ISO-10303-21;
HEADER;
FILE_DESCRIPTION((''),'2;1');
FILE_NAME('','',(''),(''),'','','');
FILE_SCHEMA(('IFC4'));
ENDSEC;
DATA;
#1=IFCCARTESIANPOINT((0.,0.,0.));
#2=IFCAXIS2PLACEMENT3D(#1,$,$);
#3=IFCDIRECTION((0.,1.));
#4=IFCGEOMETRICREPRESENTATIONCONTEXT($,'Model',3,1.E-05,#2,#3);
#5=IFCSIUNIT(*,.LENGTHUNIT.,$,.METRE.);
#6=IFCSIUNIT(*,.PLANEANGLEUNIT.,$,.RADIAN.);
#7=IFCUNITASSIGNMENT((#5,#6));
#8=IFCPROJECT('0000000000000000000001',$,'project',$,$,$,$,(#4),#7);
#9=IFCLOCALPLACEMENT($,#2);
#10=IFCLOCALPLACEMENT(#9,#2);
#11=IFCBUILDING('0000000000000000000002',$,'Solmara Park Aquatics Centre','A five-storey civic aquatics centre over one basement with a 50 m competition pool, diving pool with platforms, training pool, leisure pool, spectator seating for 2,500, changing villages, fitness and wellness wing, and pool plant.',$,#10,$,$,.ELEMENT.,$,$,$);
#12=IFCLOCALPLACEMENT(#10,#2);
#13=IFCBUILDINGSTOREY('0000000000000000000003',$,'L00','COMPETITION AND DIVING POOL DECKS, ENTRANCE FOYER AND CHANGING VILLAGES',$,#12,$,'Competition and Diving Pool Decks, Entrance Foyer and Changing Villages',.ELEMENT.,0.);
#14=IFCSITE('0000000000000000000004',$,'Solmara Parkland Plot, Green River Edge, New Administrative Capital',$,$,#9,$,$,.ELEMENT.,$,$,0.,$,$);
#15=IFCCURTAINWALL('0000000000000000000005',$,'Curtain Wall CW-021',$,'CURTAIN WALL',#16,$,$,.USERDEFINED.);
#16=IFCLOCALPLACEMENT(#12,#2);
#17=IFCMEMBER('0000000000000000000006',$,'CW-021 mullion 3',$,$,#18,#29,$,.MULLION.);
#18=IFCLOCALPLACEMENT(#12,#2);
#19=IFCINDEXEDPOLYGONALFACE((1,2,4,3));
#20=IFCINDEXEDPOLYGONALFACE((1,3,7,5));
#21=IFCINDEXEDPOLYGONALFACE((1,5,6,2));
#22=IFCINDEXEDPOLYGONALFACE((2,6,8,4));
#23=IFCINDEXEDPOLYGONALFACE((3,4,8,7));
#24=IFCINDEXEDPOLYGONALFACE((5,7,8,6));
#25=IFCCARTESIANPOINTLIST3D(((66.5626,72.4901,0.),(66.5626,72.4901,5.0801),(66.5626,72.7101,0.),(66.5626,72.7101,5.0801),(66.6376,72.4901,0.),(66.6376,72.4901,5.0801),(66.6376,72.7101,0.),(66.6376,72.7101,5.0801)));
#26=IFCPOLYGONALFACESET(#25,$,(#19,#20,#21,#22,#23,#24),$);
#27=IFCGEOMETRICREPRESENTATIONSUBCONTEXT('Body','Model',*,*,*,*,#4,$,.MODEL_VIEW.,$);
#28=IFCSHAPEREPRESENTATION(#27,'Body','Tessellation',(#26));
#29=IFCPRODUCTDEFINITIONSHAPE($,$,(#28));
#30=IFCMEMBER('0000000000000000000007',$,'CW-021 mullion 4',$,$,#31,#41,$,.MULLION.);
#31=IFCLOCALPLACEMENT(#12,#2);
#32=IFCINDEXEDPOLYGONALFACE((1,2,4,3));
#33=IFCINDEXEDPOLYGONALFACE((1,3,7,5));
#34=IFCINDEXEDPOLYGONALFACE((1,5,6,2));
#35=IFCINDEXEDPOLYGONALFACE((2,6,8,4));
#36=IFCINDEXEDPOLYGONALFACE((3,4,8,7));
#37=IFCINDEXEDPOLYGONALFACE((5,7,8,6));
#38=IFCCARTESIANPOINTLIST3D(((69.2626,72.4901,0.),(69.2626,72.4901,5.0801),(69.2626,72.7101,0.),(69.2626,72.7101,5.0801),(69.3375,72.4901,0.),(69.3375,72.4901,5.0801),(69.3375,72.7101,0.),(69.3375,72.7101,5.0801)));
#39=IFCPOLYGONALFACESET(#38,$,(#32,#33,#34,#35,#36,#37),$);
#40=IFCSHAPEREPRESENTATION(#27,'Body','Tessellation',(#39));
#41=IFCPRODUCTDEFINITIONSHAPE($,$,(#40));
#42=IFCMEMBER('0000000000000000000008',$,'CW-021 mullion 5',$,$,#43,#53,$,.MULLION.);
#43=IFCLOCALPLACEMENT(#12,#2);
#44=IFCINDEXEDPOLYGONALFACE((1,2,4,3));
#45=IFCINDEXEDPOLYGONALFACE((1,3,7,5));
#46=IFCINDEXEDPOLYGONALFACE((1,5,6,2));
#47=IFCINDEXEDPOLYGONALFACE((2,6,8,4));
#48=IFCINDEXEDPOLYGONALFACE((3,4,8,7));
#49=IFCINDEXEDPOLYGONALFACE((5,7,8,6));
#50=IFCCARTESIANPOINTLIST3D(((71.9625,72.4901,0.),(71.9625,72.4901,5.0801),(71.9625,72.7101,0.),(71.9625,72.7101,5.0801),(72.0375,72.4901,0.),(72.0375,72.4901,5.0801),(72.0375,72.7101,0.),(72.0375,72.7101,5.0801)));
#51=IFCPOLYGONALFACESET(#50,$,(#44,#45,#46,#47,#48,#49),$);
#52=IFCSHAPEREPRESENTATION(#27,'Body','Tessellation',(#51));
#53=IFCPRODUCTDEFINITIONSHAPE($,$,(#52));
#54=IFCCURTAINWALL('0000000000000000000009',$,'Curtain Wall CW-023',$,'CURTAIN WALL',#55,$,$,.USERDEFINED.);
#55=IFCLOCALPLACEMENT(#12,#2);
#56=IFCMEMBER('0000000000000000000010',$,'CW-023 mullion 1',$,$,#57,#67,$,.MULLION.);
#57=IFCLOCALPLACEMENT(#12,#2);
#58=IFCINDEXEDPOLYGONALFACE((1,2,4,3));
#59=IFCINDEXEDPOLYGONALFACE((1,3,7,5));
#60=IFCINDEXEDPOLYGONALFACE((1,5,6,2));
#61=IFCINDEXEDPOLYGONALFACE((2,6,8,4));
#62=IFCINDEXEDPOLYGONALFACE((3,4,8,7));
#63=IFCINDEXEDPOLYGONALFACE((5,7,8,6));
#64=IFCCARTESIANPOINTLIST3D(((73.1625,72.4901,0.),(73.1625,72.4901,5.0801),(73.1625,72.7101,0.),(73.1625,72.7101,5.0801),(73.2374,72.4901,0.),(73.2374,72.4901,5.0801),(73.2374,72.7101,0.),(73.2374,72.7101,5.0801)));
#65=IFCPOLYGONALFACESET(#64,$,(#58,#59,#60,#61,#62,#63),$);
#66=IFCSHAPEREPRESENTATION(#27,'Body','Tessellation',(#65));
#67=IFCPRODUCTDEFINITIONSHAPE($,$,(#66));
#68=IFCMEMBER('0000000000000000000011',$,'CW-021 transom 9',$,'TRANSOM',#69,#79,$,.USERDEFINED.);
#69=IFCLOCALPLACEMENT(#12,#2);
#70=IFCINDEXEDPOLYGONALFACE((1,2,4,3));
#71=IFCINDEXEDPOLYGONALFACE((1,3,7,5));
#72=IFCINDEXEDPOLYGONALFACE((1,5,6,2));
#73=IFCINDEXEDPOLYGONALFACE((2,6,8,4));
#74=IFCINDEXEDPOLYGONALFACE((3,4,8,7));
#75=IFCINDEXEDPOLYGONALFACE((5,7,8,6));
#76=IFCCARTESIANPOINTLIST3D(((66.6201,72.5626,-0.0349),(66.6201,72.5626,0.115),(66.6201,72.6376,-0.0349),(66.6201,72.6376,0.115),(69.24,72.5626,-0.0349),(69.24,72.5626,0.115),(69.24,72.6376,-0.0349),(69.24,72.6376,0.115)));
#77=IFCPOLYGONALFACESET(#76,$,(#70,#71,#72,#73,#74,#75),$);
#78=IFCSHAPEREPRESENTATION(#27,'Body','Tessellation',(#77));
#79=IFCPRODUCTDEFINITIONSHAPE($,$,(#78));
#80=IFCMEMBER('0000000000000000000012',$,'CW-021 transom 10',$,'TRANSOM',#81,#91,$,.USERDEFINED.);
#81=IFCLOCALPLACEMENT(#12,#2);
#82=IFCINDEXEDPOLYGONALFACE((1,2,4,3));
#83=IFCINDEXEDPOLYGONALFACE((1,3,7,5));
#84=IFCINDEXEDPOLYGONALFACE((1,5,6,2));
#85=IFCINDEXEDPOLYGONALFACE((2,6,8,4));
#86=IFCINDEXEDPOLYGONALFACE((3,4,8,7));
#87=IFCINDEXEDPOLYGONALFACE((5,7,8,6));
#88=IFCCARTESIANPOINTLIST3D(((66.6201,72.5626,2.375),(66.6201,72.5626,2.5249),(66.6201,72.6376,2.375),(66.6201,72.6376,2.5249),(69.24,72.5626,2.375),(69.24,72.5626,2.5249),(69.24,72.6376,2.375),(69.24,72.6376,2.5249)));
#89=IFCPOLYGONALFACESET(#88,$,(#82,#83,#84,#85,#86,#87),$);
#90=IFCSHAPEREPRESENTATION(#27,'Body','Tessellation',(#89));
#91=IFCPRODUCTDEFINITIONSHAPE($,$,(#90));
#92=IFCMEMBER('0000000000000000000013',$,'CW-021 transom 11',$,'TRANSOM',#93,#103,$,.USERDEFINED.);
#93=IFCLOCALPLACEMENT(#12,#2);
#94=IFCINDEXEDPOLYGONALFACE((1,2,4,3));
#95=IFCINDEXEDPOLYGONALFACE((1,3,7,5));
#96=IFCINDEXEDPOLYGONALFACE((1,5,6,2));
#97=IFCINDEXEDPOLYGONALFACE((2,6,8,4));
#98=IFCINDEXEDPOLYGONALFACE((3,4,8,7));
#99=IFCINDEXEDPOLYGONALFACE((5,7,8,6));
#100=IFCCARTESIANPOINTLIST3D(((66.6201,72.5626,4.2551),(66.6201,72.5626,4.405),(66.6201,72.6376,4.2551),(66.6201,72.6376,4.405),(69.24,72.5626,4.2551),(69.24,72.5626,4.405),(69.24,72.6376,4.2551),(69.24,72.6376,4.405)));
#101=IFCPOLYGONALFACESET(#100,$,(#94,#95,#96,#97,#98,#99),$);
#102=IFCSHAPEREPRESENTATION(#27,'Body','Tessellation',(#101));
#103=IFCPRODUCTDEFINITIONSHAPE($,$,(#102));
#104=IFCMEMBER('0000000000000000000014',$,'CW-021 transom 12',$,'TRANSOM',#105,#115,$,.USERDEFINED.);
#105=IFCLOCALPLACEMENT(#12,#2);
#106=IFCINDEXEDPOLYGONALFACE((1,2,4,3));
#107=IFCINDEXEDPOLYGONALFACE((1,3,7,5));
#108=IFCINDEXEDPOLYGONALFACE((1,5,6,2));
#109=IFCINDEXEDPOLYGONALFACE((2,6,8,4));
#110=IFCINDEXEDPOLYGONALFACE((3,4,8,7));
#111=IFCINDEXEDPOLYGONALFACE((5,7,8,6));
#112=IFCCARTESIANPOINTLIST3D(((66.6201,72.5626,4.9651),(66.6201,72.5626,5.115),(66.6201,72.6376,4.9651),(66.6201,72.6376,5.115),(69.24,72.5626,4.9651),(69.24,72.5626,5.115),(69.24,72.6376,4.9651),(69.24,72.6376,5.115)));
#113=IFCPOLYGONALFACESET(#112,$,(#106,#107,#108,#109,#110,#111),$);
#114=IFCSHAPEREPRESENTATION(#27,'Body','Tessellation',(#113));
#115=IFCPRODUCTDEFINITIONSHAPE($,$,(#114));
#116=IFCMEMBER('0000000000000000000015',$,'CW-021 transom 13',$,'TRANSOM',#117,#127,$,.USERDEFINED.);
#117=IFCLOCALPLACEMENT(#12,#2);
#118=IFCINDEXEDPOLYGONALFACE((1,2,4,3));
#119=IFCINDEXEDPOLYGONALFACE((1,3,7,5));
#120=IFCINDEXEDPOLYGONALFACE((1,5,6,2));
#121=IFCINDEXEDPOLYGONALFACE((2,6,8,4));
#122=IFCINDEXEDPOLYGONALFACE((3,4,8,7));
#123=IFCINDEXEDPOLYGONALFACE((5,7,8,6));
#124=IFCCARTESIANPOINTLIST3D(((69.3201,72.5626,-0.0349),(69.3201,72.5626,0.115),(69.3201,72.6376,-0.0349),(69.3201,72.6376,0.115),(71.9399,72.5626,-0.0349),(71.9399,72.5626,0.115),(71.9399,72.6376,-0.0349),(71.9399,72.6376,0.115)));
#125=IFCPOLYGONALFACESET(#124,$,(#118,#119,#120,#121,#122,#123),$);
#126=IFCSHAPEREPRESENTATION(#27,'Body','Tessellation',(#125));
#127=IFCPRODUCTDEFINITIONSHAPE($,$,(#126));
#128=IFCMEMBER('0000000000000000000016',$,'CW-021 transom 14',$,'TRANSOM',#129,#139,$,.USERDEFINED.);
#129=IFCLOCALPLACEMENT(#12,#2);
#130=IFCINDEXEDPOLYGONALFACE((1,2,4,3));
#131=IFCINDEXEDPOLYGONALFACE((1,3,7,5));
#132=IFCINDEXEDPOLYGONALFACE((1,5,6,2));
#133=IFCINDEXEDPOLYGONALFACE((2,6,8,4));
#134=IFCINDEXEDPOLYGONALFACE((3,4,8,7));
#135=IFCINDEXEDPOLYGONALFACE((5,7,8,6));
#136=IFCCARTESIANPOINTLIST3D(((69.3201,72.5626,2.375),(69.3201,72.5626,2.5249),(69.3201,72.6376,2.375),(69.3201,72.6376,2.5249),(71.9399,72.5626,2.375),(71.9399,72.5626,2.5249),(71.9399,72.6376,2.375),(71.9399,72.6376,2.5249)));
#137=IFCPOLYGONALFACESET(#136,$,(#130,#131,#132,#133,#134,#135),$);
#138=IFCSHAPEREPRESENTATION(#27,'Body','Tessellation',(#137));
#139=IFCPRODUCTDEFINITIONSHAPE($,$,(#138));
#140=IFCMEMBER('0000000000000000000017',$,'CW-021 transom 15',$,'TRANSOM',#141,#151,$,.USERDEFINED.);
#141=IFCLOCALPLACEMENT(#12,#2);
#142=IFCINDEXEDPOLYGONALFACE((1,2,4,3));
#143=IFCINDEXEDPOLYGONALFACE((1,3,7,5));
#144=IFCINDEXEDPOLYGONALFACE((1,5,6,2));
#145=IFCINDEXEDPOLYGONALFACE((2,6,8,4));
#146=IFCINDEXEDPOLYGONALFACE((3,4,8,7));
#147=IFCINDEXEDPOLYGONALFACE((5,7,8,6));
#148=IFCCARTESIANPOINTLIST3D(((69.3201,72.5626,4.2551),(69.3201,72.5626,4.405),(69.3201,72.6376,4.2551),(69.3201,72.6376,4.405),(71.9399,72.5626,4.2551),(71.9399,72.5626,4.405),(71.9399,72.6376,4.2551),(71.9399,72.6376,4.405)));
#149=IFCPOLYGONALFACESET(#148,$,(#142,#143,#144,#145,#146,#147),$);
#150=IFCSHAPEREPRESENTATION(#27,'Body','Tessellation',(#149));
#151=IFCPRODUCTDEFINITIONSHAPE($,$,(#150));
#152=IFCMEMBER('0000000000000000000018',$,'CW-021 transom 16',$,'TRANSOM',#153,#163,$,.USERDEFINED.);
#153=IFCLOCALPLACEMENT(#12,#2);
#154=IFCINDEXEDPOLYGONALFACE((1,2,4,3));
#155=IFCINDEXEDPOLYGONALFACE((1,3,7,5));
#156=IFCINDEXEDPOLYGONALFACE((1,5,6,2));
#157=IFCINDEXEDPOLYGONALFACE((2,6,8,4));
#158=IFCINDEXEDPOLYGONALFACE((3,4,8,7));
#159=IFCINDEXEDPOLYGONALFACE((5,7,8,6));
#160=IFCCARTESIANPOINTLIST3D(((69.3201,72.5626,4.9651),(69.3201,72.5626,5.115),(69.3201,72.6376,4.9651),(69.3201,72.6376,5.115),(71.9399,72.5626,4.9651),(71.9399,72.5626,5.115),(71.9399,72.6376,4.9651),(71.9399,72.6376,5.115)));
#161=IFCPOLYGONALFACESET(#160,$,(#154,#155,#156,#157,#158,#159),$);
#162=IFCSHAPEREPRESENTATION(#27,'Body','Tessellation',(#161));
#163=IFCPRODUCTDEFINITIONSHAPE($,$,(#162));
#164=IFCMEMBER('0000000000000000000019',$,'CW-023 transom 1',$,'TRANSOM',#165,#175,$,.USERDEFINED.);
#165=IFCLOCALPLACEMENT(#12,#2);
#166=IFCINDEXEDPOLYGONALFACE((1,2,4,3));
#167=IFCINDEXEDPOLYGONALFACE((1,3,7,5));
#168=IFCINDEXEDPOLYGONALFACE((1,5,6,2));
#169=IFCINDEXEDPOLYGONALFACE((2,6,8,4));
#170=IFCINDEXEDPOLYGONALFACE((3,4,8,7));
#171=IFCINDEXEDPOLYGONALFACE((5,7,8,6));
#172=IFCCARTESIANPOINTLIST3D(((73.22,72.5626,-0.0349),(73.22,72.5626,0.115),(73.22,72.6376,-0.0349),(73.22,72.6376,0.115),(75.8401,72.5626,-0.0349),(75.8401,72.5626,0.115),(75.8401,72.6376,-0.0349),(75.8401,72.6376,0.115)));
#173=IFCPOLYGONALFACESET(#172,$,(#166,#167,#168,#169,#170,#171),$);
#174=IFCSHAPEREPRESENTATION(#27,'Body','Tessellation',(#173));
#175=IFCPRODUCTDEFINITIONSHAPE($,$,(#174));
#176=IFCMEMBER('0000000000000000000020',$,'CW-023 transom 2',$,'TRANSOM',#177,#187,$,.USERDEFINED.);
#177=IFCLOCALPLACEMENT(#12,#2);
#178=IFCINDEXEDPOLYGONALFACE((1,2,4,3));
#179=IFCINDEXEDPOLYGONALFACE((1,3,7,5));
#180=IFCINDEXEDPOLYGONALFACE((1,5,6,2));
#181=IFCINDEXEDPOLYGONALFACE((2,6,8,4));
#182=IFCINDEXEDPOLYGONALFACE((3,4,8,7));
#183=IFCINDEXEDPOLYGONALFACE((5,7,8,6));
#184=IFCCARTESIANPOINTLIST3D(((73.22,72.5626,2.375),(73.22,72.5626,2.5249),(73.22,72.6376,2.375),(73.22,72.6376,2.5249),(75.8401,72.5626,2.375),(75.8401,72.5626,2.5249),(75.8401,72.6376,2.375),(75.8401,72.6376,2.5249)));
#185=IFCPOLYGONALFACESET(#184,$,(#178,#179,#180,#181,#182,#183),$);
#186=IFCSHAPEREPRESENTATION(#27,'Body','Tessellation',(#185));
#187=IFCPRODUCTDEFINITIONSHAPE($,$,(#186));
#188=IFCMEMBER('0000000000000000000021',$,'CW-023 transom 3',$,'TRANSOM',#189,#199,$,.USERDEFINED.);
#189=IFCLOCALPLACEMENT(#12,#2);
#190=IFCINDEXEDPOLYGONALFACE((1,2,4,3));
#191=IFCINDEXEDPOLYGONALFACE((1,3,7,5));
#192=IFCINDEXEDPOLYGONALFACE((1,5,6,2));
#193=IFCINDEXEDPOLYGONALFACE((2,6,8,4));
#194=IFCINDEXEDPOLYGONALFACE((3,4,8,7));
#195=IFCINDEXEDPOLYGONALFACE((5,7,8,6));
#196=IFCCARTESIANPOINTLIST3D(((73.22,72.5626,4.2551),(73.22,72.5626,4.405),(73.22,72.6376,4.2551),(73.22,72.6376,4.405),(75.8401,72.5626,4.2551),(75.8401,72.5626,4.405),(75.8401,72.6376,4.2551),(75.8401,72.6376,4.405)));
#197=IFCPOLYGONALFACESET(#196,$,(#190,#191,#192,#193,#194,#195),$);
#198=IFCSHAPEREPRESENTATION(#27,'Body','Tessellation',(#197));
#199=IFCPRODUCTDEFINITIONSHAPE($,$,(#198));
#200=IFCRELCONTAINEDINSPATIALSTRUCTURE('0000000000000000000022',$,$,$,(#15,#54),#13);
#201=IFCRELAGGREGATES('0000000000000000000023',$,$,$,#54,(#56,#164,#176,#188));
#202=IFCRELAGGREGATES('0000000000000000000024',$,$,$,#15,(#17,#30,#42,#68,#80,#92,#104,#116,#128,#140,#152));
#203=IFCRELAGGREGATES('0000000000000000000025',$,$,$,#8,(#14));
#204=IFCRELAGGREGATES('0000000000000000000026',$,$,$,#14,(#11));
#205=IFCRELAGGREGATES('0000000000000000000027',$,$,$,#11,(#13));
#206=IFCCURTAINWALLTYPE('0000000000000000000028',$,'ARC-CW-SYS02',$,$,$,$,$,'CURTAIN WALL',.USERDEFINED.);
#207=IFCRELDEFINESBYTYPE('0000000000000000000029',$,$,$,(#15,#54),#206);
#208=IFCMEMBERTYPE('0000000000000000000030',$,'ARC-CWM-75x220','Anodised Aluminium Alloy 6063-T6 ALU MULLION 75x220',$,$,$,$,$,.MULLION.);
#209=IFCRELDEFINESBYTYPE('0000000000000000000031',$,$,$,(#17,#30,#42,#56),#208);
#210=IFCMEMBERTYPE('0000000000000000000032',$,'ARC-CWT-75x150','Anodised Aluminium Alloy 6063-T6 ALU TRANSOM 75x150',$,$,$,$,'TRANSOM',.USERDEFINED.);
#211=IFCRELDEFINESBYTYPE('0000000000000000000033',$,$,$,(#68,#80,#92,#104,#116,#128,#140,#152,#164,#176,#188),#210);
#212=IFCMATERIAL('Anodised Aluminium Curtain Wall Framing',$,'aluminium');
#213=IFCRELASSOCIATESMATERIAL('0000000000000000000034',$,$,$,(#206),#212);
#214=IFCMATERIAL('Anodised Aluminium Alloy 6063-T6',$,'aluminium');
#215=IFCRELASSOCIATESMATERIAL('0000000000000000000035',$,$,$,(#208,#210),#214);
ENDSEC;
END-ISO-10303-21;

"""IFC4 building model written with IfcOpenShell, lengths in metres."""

from ifc_helpers import new_model, si_unit, direction, frame, origin, origin_2d, place, context, subcontext, project, spatial, rectangle, extrude, material, material_profile, profile_set, type_object, element, aggregate, save


model = new_model("IFC4")

# Units and contexts
model_context = context("Model", 3, precision=1e-05, world=origin(), true_north=direction((0.0, 1.0)))
body_context = subcontext(model_context, "Body", "Model", "MODEL_VIEW")
ifc_project = project(units=[si_unit("LENGTHUNIT", "METRE"), si_unit("PLANEANGLEUNIT", "RADIAN")], contexts=[model_context])

# Site, building, storey
site_placement = place(None, origin())
site = spatial("IfcSite", under=ifc_project, at=site_placement, Name="Solmara Parkland Plot, Green River Edge, New Administrative Capital", CompositionType="ELEMENT", RefElevation=0.0)
building_placement = place(site_placement, origin())
building = spatial("IfcBuilding", under=site, at=building_placement, Name="Solmara Park Aquatics Centre", Description="A five-storey civic aquatics centre over one basement with a 50 m competition pool, diving pool with platforms, training pool, leisure pool, spectator seating for 2,500, changing villages, fitness and wellness wing, and pool plant.", CompositionType="ELEMENT")
storey_placement = place(building_placement, origin())
storey = spatial("IfcBuildingStorey", under=building, at=storey_placement, Name="L00", Description="COMPETITION AND DIVING POOL DECKS, ENTRANCE FOYER AND CHANGING VILLAGES", LongName="Competition and Diving Pool Decks, Entrance Foyer and Changing Villages", CompositionType="ELEMENT", Elevation=0.0)

# Curtain wall, members
ifc_material_1 = material(Name="Anodised Aluminium Curtain Wall Framing", Category="aluminium")
curtain_wall_type = type_object("IfcCurtainWallType", Name="ARC-CW-SYS02", ElementType="CURTAIN WALL", PredefinedType="USERDEFINED", material=ifc_material_1)
curtain_wall_1_placement = place(storey_placement, origin())
curtain_wall_1 = element("IfcCurtainWall", 1, at=curtain_wall_1_placement, inside=storey, type_object=curtain_wall_type, Name="Curtain Wall CW-021", ObjectType="CURTAIN WALL", PredefinedType="USERDEFINED")
ifc_material_2 = material(Name="Anodised Aluminium Alloy 6063-T6", Category="aluminium")
ifc_material_profile_1 = material_profile(ifc_material_2, rectangle(XDim=0.075, YDim=0.22, at=origin_2d()), Name="ALU MULLION 75x220")
ifc_profile_set_1 = profile_set([ifc_material_profile_1], Name="Anodised Aluminium Alloy 6063-T6")
member_type_1 = type_object("IfcMemberType", Name="ARC-CWM-75x220", Description="Anodised Aluminium Alloy 6063-T6 ALU MULLION 75x220", PredefinedType="MULLION", material=ifc_profile_set_1)
member_1_placement = place(storey_placement, frame((66.6001, 72.6001, 0.0), z_axis=(0.0, 0.0, 1.0), x_axis=(1.0, 0.0, 0.0)))
member_1 = element("IfcMember", 2, at=member_1_placement, type_object=member_type_1, Name="CW-021 mullion 3", PredefinedType="MULLION", context=body_context, shape_type="SweptSolid", body=[
    extrude(rectangle(XDim=0.075, YDim=0.22, at=origin_2d()), origin(), (0.0, 0.0, 1.0), 5.0801),
])
member_2_placement = place(storey_placement, frame((69.3, 72.6001, 0.0), z_axis=(0.0, 0.0, 1.0), x_axis=(1.0, 0.0, 0.0)))
member_2 = element("IfcMember", 3, at=member_2_placement, type_object=member_type_1, Name="CW-021 mullion 4", PredefinedType="MULLION", context=body_context, shape_type="SweptSolid", body=[
    extrude(rectangle(XDim=0.075, YDim=0.22, at=origin_2d()), origin(), (0.0, 0.0, 1.0), 5.0801),
])
member_3_placement = place(storey_placement, frame((72.0, 72.6001, 0.0), z_axis=(0.0, 0.0, 1.0), x_axis=(1.0, 0.0, 0.0)))
member_3 = element("IfcMember", 4, at=member_3_placement, type_object=member_type_1, Name="CW-021 mullion 5", PredefinedType="MULLION", context=body_context, shape_type="SweptSolid", body=[
    extrude(rectangle(XDim=0.075, YDim=0.22, at=origin_2d()), origin(), (0.0, 0.0, 1.0), 5.0801),
])

# Curtain wall, member
curtain_wall_2_placement = place(storey_placement, origin())
curtain_wall_2 = element("IfcCurtainWall", 5, at=curtain_wall_2_placement, inside=storey, type_object=curtain_wall_type, Name="Curtain Wall CW-023", ObjectType="CURTAIN WALL", PredefinedType="USERDEFINED")
member_4_placement = place(storey_placement, frame((73.2, 72.6001, 0.0), z_axis=(0.0, 0.0, 1.0), x_axis=(1.0, 0.0, 0.0)))
member_4 = element("IfcMember", 6, at=member_4_placement, type_object=member_type_1, Name="CW-023 mullion 1", PredefinedType="MULLION", context=body_context, shape_type="SweptSolid", body=[
    extrude(rectangle(XDim=0.075, YDim=0.22, at=origin_2d()), origin(), (0.0, 0.0, 1.0), 5.0801),
])

# Members
ifc_material_profile_2 = material_profile(ifc_material_2, rectangle(XDim=0.075, YDim=0.1499, at=origin_2d()), Name="ALU TRANSOM 75x150")
ifc_profile_set_2 = profile_set([ifc_material_profile_2], Name="Anodised Aluminium Alloy 6063-T6")
member_type_2 = type_object("IfcMemberType", Name="ARC-CWT-75x150", Description="Anodised Aluminium Alloy 6063-T6 ALU TRANSOM 75x150", ElementType="TRANSOM", PredefinedType="USERDEFINED", material=ifc_profile_set_2)
member_5_placement = place(storey_placement, frame((66.6201, 72.6001, 0.04), z_axis=(1.0, 0.0, 0.0), x_axis=(0.0, 1.0, 0.0)))
member_5 = element("IfcMember", 7, at=member_5_placement, type_object=member_type_2, Name="CW-021 transom 9", ObjectType="TRANSOM", PredefinedType="USERDEFINED", context=body_context, shape_type="SweptSolid", body=[
    extrude(rectangle(XDim=0.075, YDim=0.1499, at=origin_2d()), origin(), (0.0, 0.0, 1.0), 2.6199),
])
member_6_placement = place(storey_placement, frame((66.6201, 72.6001, 2.45), z_axis=(1.0, 0.0, 0.0), x_axis=(0.0, 1.0, 0.0)))
member_6 = element("IfcMember", 8, at=member_6_placement, type_object=member_type_2, Name="CW-021 transom 10", ObjectType="TRANSOM", PredefinedType="USERDEFINED", context=body_context, shape_type="SweptSolid", body=[
    extrude(rectangle(XDim=0.075, YDim=0.1499, at=origin_2d()), origin(), (0.0, 0.0, 1.0), 2.6199),
])
member_7_placement = place(storey_placement, frame((66.6201, 72.6001, 4.3301), z_axis=(1.0, 0.0, 0.0), x_axis=(0.0, 1.0, 0.0)))
member_7 = element("IfcMember", 9, at=member_7_placement, type_object=member_type_2, Name="CW-021 transom 11", ObjectType="TRANSOM", PredefinedType="USERDEFINED", context=body_context, shape_type="SweptSolid", body=[
    extrude(rectangle(XDim=0.075, YDim=0.1499, at=origin_2d()), origin(), (0.0, 0.0, 1.0), 2.6199),
])
member_8_placement = place(storey_placement, frame((66.6201, 72.6001, 5.04), z_axis=(1.0, 0.0, 0.0), x_axis=(0.0, 1.0, 0.0)))
member_8 = element("IfcMember", 10, at=member_8_placement, type_object=member_type_2, Name="CW-021 transom 12", ObjectType="TRANSOM", PredefinedType="USERDEFINED", context=body_context, shape_type="SweptSolid", body=[
    extrude(rectangle(XDim=0.075, YDim=0.1499, at=origin_2d()), origin(), (0.0, 0.0, 1.0), 2.6199),
])
member_9_placement = place(storey_placement, frame((69.3201, 72.6001, 0.04), z_axis=(1.0, 0.0, 0.0), x_axis=(0.0, 1.0, 0.0)))
member_9 = element("IfcMember", 11, at=member_9_placement, type_object=member_type_2, Name="CW-021 transom 13", ObjectType="TRANSOM", PredefinedType="USERDEFINED", context=body_context, shape_type="SweptSolid", body=[
    extrude(rectangle(XDim=0.075, YDim=0.1499, at=origin_2d()), origin(), (0.0, 0.0, 1.0), 2.6199),
])
member_10_placement = place(storey_placement, frame((69.3201, 72.6001, 2.45), z_axis=(1.0, 0.0, 0.0), x_axis=(0.0, 1.0, 0.0)))
member_10 = element("IfcMember", 12, at=member_10_placement, type_object=member_type_2, Name="CW-021 transom 14", ObjectType="TRANSOM", PredefinedType="USERDEFINED", context=body_context, shape_type="SweptSolid", body=[
    extrude(rectangle(XDim=0.075, YDim=0.1499, at=origin_2d()), origin(), (0.0, 0.0, 1.0), 2.6199),
])
member_11_placement = place(storey_placement, frame((69.3201, 72.6001, 4.3301), z_axis=(1.0, 0.0, 0.0), x_axis=(0.0, 1.0, 0.0)))
member_11 = element("IfcMember", 13, at=member_11_placement, type_object=member_type_2, Name="CW-021 transom 15", ObjectType="TRANSOM", PredefinedType="USERDEFINED", context=body_context, shape_type="SweptSolid", body=[
    extrude(rectangle(XDim=0.075, YDim=0.1499, at=origin_2d()), origin(), (0.0, 0.0, 1.0), 2.6199),
])
member_12_placement = place(storey_placement, frame((69.3201, 72.6001, 5.04), z_axis=(1.0, 0.0, 0.0), x_axis=(0.0, 1.0, 0.0)))
member_12 = element("IfcMember", 14, at=member_12_placement, type_object=member_type_2, Name="CW-021 transom 16", ObjectType="TRANSOM", PredefinedType="USERDEFINED", context=body_context, shape_type="SweptSolid", body=[
    extrude(rectangle(XDim=0.075, YDim=0.1499, at=origin_2d()), origin(), (0.0, 0.0, 1.0), 2.6199),
])
member_13_placement = place(storey_placement, frame((73.22, 72.6001, 0.04), z_axis=(1.0, 0.0, 0.0), x_axis=(0.0, 1.0, 0.0)))
member_13 = element("IfcMember", 15, at=member_13_placement, type_object=member_type_2, Name="CW-023 transom 1", ObjectType="TRANSOM", PredefinedType="USERDEFINED", context=body_context, shape_type="SweptSolid", body=[
    extrude(rectangle(XDim=0.075, YDim=0.1499, at=origin_2d()), origin(), (0.0, 0.0, 1.0), 2.6201),
])
member_14_placement = place(storey_placement, frame((73.22, 72.6001, 2.45), z_axis=(1.0, 0.0, 0.0), x_axis=(0.0, 1.0, 0.0)))
member_14 = element("IfcMember", 16, at=member_14_placement, type_object=member_type_2, Name="CW-023 transom 2", ObjectType="TRANSOM", PredefinedType="USERDEFINED", context=body_context, shape_type="SweptSolid", body=[
    extrude(rectangle(XDim=0.075, YDim=0.1499, at=origin_2d()), origin(), (0.0, 0.0, 1.0), 2.6201),
])
member_15_placement = place(storey_placement, frame((73.22, 72.6001, 4.3301), z_axis=(1.0, 0.0, 0.0), x_axis=(0.0, 1.0, 0.0)))
member_15 = element("IfcMember", 17, at=member_15_placement, type_object=member_type_2, Name="CW-023 transom 3", ObjectType="TRANSOM", PredefinedType="USERDEFINED", context=body_context, shape_type="SweptSolid", body=[
    extrude(rectangle(XDim=0.075, YDim=0.1499, at=origin_2d()), origin(), (0.0, 0.0, 1.0), 2.6201),
])

aggregate(curtain_wall_2, [member_4, member_13, member_14, member_15])
aggregate(curtain_wall_1, [member_1, member_2, member_3, member_5, member_6, member_7, member_8, member_9, member_10, member_11, member_12])

save(model, "model.ifc")
